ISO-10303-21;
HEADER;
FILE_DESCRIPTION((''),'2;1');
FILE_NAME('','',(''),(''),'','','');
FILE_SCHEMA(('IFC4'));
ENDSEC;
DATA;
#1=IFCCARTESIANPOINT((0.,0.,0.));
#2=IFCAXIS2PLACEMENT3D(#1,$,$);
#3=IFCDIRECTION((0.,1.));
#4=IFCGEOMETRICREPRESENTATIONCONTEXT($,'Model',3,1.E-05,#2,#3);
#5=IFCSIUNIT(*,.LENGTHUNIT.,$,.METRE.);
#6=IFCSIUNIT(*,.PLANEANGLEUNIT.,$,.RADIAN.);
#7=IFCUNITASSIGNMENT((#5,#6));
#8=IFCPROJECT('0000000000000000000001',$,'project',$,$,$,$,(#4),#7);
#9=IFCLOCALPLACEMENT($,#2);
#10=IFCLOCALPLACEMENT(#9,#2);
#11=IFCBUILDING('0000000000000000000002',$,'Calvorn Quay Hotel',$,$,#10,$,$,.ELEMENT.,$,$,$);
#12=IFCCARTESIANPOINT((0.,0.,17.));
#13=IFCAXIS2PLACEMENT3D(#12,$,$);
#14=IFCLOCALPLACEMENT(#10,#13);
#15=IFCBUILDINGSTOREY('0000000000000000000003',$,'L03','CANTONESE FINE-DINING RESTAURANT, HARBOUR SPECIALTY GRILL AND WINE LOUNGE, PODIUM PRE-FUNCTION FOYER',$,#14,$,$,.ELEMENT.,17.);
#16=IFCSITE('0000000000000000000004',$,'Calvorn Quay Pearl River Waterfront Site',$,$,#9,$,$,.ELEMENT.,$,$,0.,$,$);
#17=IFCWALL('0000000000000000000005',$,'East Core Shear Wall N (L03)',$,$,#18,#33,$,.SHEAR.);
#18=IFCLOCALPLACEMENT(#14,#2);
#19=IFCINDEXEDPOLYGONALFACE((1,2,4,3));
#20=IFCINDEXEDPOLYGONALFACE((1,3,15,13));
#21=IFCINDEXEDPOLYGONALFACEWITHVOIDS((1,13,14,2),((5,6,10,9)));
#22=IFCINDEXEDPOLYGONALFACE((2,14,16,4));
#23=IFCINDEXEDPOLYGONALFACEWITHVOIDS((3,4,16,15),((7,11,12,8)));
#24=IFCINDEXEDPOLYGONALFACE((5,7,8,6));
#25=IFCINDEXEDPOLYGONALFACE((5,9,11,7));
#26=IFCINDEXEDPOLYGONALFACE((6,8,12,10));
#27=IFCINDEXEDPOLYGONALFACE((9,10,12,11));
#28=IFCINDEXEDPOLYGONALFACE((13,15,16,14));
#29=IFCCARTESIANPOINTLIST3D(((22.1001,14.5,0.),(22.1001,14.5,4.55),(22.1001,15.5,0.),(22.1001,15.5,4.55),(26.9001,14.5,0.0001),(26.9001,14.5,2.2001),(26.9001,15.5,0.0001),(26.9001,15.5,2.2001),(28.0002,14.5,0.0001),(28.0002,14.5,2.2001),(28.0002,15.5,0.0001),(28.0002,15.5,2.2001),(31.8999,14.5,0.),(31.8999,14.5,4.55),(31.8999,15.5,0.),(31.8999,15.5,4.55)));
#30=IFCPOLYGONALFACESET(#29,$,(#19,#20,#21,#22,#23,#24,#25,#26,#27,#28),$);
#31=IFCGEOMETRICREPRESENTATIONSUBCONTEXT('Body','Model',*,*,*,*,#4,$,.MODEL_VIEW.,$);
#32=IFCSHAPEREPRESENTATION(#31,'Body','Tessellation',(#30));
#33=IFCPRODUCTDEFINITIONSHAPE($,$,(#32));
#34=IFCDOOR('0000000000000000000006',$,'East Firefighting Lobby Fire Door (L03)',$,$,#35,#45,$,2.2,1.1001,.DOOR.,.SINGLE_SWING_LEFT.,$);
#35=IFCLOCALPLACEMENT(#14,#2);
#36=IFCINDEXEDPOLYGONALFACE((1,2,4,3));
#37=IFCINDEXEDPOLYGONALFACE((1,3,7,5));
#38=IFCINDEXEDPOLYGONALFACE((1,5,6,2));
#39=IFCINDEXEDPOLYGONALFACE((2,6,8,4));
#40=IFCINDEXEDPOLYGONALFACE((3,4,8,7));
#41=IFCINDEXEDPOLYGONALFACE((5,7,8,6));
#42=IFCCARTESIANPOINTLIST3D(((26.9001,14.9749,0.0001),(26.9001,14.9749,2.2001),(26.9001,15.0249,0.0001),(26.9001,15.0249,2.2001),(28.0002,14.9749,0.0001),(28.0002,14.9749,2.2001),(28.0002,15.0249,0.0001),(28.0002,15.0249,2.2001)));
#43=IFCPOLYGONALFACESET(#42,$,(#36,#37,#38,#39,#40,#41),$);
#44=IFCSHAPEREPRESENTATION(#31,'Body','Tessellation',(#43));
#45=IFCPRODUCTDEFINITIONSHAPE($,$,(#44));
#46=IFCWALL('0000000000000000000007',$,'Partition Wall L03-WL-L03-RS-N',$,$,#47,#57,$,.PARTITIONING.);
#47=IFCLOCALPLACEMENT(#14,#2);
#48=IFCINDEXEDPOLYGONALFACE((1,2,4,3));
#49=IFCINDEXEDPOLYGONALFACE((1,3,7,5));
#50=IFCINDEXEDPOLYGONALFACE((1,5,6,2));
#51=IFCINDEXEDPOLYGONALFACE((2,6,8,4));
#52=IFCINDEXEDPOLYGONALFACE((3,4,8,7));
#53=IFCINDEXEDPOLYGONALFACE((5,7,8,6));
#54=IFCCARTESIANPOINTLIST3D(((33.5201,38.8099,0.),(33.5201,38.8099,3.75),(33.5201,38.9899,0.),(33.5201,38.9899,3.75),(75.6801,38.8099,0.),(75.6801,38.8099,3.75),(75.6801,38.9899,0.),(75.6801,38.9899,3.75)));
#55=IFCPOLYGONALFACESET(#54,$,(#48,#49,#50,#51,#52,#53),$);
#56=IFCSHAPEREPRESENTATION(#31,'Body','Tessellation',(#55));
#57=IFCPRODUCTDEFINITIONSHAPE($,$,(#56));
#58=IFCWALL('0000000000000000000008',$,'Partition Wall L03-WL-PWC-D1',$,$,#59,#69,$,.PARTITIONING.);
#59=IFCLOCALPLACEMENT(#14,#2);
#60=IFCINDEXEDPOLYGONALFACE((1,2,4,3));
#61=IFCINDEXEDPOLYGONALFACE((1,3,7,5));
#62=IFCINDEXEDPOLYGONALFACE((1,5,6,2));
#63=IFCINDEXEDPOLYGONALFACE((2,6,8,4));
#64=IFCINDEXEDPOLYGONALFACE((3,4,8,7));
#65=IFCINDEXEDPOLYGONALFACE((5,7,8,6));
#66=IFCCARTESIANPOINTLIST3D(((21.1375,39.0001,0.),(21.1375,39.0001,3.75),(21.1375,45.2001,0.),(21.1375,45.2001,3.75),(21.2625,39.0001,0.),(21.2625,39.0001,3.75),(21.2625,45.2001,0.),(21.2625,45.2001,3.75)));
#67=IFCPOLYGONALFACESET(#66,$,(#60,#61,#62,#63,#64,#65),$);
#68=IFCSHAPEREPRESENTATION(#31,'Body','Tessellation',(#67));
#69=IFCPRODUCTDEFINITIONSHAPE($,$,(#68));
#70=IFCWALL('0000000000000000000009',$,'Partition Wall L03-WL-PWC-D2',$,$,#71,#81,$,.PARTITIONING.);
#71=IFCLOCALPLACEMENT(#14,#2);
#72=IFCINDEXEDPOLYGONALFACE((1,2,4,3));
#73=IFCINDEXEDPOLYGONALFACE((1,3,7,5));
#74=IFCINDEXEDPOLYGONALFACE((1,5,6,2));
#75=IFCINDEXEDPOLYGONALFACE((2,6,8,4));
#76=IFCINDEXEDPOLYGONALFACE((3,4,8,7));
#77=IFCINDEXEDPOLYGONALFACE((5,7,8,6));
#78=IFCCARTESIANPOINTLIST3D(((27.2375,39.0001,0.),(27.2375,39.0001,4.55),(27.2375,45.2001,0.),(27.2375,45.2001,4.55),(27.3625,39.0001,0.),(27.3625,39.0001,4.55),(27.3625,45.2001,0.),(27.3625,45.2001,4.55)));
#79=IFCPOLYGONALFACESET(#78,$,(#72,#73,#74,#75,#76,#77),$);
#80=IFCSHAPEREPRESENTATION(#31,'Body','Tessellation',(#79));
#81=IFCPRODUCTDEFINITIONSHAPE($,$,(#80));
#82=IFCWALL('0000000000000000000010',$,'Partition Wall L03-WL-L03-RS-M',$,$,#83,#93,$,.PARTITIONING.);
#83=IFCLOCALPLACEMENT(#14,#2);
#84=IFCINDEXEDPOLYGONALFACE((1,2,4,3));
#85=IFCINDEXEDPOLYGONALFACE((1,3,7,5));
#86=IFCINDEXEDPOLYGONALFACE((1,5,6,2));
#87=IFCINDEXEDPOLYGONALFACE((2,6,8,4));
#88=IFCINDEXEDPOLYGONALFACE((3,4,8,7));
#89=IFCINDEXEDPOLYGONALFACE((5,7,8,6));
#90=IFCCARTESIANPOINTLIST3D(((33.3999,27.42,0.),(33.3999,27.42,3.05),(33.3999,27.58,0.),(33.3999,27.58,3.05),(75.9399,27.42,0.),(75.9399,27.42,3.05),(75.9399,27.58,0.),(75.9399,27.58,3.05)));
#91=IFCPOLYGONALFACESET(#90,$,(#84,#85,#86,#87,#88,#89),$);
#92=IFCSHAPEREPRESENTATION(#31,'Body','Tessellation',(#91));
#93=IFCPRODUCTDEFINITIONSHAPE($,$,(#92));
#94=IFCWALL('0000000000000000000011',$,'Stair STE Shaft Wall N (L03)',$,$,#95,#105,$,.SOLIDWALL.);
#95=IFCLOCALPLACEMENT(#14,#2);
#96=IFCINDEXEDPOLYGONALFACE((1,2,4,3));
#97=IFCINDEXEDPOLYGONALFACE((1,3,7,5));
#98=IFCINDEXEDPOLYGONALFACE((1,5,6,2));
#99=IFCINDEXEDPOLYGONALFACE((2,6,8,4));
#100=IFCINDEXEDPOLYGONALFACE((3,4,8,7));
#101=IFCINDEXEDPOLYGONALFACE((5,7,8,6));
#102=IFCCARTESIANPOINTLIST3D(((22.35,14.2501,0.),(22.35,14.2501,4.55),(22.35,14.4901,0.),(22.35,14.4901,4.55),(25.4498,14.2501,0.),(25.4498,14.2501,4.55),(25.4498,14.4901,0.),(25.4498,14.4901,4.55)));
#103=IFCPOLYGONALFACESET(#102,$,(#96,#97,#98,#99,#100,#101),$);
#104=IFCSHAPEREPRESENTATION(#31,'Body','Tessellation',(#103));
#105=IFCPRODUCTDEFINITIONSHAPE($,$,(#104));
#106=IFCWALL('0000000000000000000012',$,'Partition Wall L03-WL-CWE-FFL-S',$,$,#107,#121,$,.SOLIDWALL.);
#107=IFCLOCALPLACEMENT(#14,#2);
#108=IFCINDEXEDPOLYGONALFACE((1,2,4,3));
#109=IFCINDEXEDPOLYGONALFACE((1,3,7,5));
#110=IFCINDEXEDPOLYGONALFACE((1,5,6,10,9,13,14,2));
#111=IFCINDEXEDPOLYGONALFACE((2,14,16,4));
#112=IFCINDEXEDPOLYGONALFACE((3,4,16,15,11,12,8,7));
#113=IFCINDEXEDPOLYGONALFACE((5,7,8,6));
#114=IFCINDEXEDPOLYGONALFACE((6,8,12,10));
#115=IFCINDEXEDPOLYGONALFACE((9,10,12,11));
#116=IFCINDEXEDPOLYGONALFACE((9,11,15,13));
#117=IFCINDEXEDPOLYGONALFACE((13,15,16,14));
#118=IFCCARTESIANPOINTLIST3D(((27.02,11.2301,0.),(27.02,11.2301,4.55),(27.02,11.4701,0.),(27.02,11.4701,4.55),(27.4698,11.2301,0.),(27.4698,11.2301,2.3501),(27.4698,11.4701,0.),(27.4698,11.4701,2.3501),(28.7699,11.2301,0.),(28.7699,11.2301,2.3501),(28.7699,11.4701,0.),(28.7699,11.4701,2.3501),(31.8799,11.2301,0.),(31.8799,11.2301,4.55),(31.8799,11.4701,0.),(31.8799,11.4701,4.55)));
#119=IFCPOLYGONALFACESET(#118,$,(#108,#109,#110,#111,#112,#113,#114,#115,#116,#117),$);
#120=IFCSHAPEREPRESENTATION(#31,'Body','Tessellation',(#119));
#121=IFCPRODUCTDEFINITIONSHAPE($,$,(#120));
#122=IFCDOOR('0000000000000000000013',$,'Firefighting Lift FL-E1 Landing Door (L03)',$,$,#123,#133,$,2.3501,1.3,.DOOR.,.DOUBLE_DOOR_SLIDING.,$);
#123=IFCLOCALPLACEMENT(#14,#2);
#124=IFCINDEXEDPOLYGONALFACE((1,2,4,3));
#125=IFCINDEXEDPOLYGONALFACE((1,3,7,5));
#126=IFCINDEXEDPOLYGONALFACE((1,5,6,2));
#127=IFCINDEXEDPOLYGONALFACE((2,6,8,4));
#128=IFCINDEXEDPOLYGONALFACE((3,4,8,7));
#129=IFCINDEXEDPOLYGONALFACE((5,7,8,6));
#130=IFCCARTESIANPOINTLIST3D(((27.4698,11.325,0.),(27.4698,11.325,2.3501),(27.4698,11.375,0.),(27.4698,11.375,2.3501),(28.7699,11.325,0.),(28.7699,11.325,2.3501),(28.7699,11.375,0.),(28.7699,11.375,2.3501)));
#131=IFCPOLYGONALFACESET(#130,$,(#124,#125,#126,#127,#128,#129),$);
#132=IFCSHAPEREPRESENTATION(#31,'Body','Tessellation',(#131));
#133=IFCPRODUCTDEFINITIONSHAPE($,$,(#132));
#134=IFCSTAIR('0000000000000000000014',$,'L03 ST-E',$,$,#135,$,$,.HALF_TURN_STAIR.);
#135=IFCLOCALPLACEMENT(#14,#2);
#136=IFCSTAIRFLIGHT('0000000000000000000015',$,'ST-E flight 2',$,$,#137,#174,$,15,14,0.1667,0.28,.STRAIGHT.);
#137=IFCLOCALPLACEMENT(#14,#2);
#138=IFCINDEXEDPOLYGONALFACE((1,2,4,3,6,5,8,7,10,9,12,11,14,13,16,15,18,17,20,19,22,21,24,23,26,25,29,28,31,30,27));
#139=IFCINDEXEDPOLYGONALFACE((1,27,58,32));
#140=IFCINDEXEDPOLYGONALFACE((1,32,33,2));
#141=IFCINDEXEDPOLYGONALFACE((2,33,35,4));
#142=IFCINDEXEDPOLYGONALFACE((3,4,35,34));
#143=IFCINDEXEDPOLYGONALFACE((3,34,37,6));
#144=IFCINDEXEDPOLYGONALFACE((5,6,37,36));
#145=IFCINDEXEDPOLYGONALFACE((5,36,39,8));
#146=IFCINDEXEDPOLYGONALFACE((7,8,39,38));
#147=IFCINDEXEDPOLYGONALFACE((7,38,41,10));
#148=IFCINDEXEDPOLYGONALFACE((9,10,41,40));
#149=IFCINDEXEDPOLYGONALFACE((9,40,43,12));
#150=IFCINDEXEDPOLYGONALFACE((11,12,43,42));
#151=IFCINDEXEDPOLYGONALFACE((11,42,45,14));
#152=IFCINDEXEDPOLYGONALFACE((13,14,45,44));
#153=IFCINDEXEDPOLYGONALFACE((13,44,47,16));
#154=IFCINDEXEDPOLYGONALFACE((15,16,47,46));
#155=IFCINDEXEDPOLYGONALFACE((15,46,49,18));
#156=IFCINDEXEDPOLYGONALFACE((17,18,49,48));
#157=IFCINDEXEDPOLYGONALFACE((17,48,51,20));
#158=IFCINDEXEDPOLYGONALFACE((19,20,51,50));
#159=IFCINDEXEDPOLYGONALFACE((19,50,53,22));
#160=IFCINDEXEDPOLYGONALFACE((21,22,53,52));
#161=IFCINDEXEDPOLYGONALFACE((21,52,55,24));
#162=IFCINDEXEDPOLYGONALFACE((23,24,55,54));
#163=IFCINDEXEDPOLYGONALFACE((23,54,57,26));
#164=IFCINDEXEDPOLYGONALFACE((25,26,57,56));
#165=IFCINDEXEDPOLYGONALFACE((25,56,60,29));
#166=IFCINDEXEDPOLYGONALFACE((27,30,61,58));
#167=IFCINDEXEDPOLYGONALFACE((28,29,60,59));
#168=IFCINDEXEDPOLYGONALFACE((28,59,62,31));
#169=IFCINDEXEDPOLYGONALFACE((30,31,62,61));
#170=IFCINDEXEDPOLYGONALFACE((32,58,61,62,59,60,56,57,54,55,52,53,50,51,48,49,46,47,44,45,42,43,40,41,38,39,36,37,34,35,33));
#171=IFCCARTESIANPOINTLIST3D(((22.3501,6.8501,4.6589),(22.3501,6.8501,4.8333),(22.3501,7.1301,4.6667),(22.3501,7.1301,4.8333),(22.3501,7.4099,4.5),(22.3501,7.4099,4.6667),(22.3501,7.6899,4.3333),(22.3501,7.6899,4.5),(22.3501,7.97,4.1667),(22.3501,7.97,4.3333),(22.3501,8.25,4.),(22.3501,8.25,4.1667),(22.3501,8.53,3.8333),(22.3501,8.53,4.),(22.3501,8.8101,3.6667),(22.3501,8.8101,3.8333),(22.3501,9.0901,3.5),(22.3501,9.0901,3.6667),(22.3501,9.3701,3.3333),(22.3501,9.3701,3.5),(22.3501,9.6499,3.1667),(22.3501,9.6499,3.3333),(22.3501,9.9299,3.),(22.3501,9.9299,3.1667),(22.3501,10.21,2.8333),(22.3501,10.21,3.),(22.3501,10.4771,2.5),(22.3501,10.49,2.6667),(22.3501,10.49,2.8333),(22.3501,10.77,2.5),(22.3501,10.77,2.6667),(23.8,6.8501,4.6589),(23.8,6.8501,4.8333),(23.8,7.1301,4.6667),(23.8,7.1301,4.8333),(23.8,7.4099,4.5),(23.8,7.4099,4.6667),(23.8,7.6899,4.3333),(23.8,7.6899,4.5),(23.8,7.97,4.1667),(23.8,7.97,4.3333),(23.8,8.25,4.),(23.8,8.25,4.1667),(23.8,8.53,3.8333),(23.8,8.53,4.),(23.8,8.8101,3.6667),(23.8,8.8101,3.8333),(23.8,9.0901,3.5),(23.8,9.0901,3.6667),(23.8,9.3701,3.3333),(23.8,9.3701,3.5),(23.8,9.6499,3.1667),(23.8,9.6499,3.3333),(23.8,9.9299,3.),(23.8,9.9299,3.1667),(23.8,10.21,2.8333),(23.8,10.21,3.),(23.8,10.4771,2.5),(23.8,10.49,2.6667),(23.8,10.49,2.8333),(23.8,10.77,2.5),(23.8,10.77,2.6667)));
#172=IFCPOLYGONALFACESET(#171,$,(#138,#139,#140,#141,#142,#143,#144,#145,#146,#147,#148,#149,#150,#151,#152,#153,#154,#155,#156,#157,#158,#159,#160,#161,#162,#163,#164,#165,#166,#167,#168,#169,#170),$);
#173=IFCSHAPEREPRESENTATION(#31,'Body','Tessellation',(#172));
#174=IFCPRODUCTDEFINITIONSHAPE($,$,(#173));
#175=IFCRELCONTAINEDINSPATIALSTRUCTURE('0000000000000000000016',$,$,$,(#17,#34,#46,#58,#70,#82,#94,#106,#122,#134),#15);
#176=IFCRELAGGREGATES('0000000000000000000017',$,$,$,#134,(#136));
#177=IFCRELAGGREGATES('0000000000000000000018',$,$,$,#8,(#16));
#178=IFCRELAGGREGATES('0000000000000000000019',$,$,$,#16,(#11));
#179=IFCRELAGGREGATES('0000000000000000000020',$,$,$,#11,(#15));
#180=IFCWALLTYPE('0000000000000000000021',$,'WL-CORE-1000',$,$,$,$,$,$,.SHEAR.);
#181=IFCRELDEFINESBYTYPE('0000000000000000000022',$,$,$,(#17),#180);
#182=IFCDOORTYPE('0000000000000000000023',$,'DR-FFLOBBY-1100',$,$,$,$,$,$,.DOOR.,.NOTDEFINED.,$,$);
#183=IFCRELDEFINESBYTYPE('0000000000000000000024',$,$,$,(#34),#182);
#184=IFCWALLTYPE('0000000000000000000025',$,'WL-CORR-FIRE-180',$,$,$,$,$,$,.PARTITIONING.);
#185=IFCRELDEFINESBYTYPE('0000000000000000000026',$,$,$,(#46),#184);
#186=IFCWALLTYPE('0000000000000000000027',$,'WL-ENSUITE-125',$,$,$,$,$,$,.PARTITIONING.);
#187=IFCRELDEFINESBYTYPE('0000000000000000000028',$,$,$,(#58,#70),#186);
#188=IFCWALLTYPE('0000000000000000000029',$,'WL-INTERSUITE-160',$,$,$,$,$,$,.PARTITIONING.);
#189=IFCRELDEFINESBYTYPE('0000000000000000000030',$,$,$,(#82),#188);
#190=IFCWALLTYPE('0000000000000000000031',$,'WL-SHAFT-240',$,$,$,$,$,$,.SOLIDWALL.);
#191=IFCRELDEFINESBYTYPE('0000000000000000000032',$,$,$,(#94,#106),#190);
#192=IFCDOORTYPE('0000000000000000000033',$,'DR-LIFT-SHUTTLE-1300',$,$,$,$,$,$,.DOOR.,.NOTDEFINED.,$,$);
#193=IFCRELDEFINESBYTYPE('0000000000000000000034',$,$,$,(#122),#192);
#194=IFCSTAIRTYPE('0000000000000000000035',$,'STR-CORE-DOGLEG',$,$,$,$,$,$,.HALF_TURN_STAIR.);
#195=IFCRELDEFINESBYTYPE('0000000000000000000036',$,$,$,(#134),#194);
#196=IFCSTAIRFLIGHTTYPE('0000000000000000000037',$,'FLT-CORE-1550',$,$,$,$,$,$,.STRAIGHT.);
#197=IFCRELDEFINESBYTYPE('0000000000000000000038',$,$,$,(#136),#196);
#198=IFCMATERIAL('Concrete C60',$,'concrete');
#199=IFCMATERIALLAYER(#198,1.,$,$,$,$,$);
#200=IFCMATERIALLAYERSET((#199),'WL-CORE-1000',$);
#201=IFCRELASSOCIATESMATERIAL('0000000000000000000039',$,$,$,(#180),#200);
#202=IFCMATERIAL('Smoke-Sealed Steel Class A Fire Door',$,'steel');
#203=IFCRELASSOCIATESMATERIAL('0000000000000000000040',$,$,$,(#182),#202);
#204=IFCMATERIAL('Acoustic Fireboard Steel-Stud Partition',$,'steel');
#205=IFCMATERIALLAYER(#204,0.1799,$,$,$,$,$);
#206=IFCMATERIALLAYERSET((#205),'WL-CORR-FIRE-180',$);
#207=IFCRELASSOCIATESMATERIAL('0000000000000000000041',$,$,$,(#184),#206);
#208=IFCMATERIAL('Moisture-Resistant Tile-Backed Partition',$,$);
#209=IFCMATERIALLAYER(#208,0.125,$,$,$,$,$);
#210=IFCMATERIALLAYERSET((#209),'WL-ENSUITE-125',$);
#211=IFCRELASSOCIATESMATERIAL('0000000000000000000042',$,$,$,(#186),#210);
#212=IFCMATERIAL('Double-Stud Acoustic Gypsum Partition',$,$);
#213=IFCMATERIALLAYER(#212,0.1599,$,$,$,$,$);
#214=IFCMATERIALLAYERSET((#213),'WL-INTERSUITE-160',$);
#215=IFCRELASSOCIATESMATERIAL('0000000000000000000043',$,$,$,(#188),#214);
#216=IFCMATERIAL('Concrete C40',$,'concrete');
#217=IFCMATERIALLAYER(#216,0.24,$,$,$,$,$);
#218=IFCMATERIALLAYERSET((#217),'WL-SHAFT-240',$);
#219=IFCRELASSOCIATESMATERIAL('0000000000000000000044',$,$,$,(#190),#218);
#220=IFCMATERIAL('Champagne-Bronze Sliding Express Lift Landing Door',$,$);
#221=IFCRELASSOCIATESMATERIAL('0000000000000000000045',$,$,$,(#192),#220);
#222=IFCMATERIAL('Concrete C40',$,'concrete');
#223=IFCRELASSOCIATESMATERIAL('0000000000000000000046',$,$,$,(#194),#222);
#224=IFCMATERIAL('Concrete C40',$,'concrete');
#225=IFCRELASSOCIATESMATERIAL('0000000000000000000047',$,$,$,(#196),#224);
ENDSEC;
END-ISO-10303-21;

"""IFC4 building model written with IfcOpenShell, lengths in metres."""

from ifc_helpers import new_model, si_unit, direction, frame, frame_2d, origin, place, context, subcontext, project, spatial, polyline, rectangle, outline, extrude, material, layer, layer_set, type_object, element, fill, aggregate, save


model = new_model("IFC4")

# Units and contexts
model_context = context("Model", 3, precision=1e-05, world=origin(), true_north=direction((0.0, 1.0)))
body_context = subcontext(model_context, "Body", "Model", "MODEL_VIEW")
ifc_project = project(units=[si_unit("LENGTHUNIT", "METRE"), si_unit("PLANEANGLEUNIT", "RADIAN")], contexts=[model_context])

# Site, building, storey
site_placement = place(None, origin())
site = spatial("IfcSite", under=ifc_project, at=site_placement, Name="Calvorn Quay Pearl River Waterfront Site", CompositionType="ELEMENT", RefElevation=0.0)
building_placement = place(site_placement, origin())
building = spatial("IfcBuilding", under=site, at=building_placement, Name="Calvorn Quay Hotel", CompositionType="ELEMENT")
storey_placement = place(building_placement, frame((0.0, 0.0, 17.0)))
storey = spatial("IfcBuildingStorey", under=building, at=storey_placement, Name="L03", Description="CANTONESE FINE-DINING RESTAURANT, HARBOUR SPECIALTY GRILL AND WINE LOUNGE, PODIUM PRE-FUNCTION FOYER", CompositionType="ELEMENT", Elevation=17.0)

# Wall, opening, door
ifc_material_1 = material(Name="Concrete C60", Category="concrete")
ifc_layer_1 = layer(ifc_material_1, 1.0)
ifc_layer_set_1 = layer_set([ifc_layer_1], Name="WL-CORE-1000")
wall_type_1 = type_object("IfcWallType", Name="WL-CORE-1000", PredefinedType="SHEAR", material=ifc_layer_set_1)
wall_1_placement = place(storey_placement, frame((22.1001, 15.0, 0.0), z_axis=(0.0, 0.0, 1.0), x_axis=(1.0, 0.0, 0.0)))
wall_1 = element("IfcWall", 1, at=wall_1_placement, inside=storey, type_object=wall_type_1, Name="East Core Shear Wall N (L03)", PredefinedType="SHEAR", context=body_context, shape_type="SweptSolid", body=[
    extrude(rectangle(XDim=9.7998, YDim=1.0, at=frame_2d((4.8999, 0.0))), origin(), (0.0, 0.0, 1.0), 4.55),
])
opening_1_placement = place(wall_1_placement, frame((4.8, 0.0, 0.0)))
opening_1 = element("IfcOpeningElement", 2, at=opening_1_placement, cuts=wall_1, PredefinedType="OPENING", context=body_context, shape_type="SweptSolid", body=[
    extrude(rectangle(XDim=1.1001, YDim=2.2, at=frame_2d((0.55, 1.1001))), frame((0.0, 0.51, 0.0), z_axis=(0.0, -1.0, 0.0), x_axis=(1.0, 0.0, 0.0)), (0.0, 0.0, 1.0), 1.02),
])
ifc_material_2 = material(Name="Smoke-Sealed Steel Class A Fire Door", Category="steel")
door_type_1 = type_object("IfcDoorType", Name="DR-FFLOBBY-1100", OperationType="NOTDEFINED", PredefinedType="DOOR", material=ifc_material_2)
door_1_placement = place(opening_1_placement, origin())
door_1 = element("IfcDoor", 3, at=door_1_placement, inside=storey, type_object=door_type_1, Name="East Firefighting Lobby Fire Door (L03)", OperationType="SINGLE_SWING_LEFT", OverallHeight=2.2, OverallWidth=1.1001, PredefinedType="DOOR", context=body_context, shape_type="SweptSolid", body=[
    extrude(rectangle(XDim=1.1001, YDim=2.2, at=frame_2d((0.55, 1.1001))), frame((0.0, 0.0249, 0.0), z_axis=(0.0, -1.0, 0.0), x_axis=(1.0, 0.0, 0.0)), (0.0, 0.0, 1.0), 0.05),
])
fill(opening_1, door_1)

# Walls
ifc_material_3 = material(Name="Acoustic Fireboard Steel-Stud Partition", Category="steel")
ifc_layer_2 = layer(ifc_material_3, 0.1799)
ifc_layer_set_2 = layer_set([ifc_layer_2], Name="WL-CORR-FIRE-180")
wall_type_2 = type_object("IfcWallType", Name="WL-CORR-FIRE-180", PredefinedType="PARTITIONING", material=ifc_layer_set_2)
wall_2_placement = place(storey_placement, frame((33.52, 38.8999, 0.0), z_axis=(0.0, 0.0, 1.0), x_axis=(1.0, 0.0, 0.0)))
element("IfcWall", 4, at=wall_2_placement, inside=storey, type_object=wall_type_2, Name="Partition Wall L03-WL-L03-RS-N", PredefinedType="PARTITIONING", context=body_context, shape_type="SweptSolid", body=[
    extrude(rectangle(XDim=42.1599, YDim=0.1799, at=frame_2d((21.0801, 0.0))), origin(), (0.0, 0.0, 1.0), 3.75),
])
ifc_material_4 = material(Name="Moisture-Resistant Tile-Backed Partition")
ifc_layer_3 = layer(ifc_material_4, 0.125)
ifc_layer_set_3 = layer_set([ifc_layer_3], Name="WL-ENSUITE-125")
wall_type_3 = type_object("IfcWallType", Name="WL-ENSUITE-125", PredefinedType="PARTITIONING", material=ifc_layer_set_3)
wall_3_placement = place(storey_placement, frame((21.2, 39.0, 0.0), z_axis=(0.0, 0.0, 1.0), x_axis=(0.0, 1.0, 0.0)))
element("IfcWall", 5, at=wall_3_placement, inside=storey, type_object=wall_type_3, Name="Partition Wall L03-WL-PWC-D1", PredefinedType="PARTITIONING", context=body_context, shape_type="SweptSolid", body=[
    extrude(rectangle(XDim=6.2, YDim=0.125, at=frame_2d((3.1001, 0.0))), origin(), (0.0, 0.0, 1.0), 3.75),
])
wall_4_placement = place(storey_placement, frame((27.3, 39.0, 0.0), z_axis=(0.0, 0.0, 1.0), x_axis=(0.0, 1.0, 0.0)))
element("IfcWall", 6, at=wall_4_placement, inside=storey, type_object=wall_type_3, Name="Partition Wall L03-WL-PWC-D2", PredefinedType="PARTITIONING", context=body_context, shape_type="SweptSolid", body=[
    extrude(rectangle(XDim=6.2, YDim=0.125, at=frame_2d((3.1001, 0.0))), origin(), (0.0, 0.0, 1.0), 4.55),
])
ifc_material_5 = material(Name="Double-Stud Acoustic Gypsum Partition")
ifc_layer_4 = layer(ifc_material_5, 0.1599)
ifc_layer_set_4 = layer_set([ifc_layer_4], Name="WL-INTERSUITE-160")
wall_type_4 = type_object("IfcWallType", Name="WL-INTERSUITE-160", PredefinedType="PARTITIONING", material=ifc_layer_set_4)
wall_5_placement = place(storey_placement, frame((33.3999, 27.5, 0.0), z_axis=(0.0, 0.0, 1.0), x_axis=(1.0, 0.0, 0.0)))
element("IfcWall", 7, at=wall_5_placement, inside=storey, type_object=wall_type_4, Name="Partition Wall L03-WL-L03-RS-M", PredefinedType="PARTITIONING", context=body_context, shape_type="SweptSolid", body=[
    extrude(rectangle(XDim=42.54, YDim=0.1599, at=frame_2d((21.27, 0.0))), origin(), (0.0, 0.0, 1.0), 3.05),
])
ifc_material_6 = material(Name="Concrete C40", Category="concrete")
ifc_layer_5 = layer(ifc_material_6, 0.24)
ifc_layer_set_5 = layer_set([ifc_layer_5], Name="WL-SHAFT-240")
wall_type_5 = type_object("IfcWallType", Name="WL-SHAFT-240", PredefinedType="SOLIDWALL", material=ifc_layer_set_5)
wall_6_placement = place(storey_placement, frame((22.3501, 14.3701, 0.0), z_axis=(0.0, 0.0, 1.0), x_axis=(1.0, 0.0, 0.0)))
element("IfcWall", 8, at=wall_6_placement, inside=storey, type_object=wall_type_5, Name="Stair STE Shaft Wall N (L03)", PredefinedType="SOLIDWALL", context=body_context, shape_type="SweptSolid", body=[
    extrude(rectangle(XDim=3.0999, YDim=0.24, at=frame_2d((1.5498, 0.0))), origin(), (0.0, 0.0, 1.0), 4.55),
])

# Wall, opening, door
wall_7_placement = place(storey_placement, frame((27.02, 11.3501, 0.0), z_axis=(0.0, 0.0, 1.0), x_axis=(1.0, 0.0, 0.0)))
wall_7 = element("IfcWall", 9, at=wall_7_placement, inside=storey, type_object=wall_type_5, Name="Partition Wall L03-WL-CWE-FFL-S", PredefinedType="SOLIDWALL", context=body_context, shape_type="SweptSolid", body=[
    extrude(rectangle(XDim=4.8599, YDim=0.24, at=frame_2d((2.4299, 0.0))), origin(), (0.0, 0.0, 1.0), 4.55),
])
opening_2_placement = place(wall_7_placement, frame((0.45, 0.0, 0.0)))
opening_2 = element("IfcOpeningElement", 10, at=opening_2_placement, cuts=wall_7, PredefinedType="OPENING", context=body_context, shape_type="SweptSolid", body=[
    extrude(rectangle(XDim=1.3, YDim=2.3501, at=frame_2d((0.6499, 1.175))), frame((0.0, 0.1299, 0.0), z_axis=(0.0, -1.0, 0.0), x_axis=(1.0, 0.0, 0.0)), (0.0, 0.0, 1.0), 0.26),
])
ifc_material_7 = material(Name="Champagne-Bronze Sliding Express Lift Landing Door")
door_type_2 = type_object("IfcDoorType", Name="DR-LIFT-SHUTTLE-1300", OperationType="NOTDEFINED", PredefinedType="DOOR", material=ifc_material_7)
door_2_placement = place(opening_2_placement, origin())
door_2 = element("IfcDoor", 11, at=door_2_placement, inside=storey, type_object=door_type_2, Name="Firefighting Lift FL-E1 Landing Door (L03)", OperationType="DOUBLE_DOOR_SLIDING", OverallHeight=2.3501, OverallWidth=1.3, PredefinedType="DOOR", context=body_context, shape_type="SweptSolid", body=[
    extrude(rectangle(XDim=1.3, YDim=2.3501, at=frame_2d((0.6499, 1.175))), frame((0.0, 0.0249, 0.0), z_axis=(0.0, -1.0, 0.0), x_axis=(1.0, 0.0, 0.0)), (0.0, 0.0, 1.0), 0.05),
])
fill(opening_2, door_2)

# Stair, stair flight
ifc_material_8 = material(Name="Concrete C40", Category="concrete")
stair_type = type_object("IfcStairType", Name="STR-CORE-DOGLEG", PredefinedType="HALF_TURN_STAIR", material=ifc_material_8)
stair_placement = place(storey_placement, origin())
stair = element("IfcStair", 12, at=stair_placement, inside=storey, type_object=stair_type, Name="L03 ST-E", PredefinedType="HALF_TURN_STAIR")
ifc_material_9 = material(Name="Concrete C40", Category="concrete")
stair_flight_type = type_object("IfcStairFlightType", Name="FLT-CORE-1550", PredefinedType="STRAIGHT", material=ifc_material_9)
stair_flight_placement = place(storey_placement, frame((23.075, 10.77, 2.5), z_axis=(0.0, 0.0, 1.0), x_axis=(0.0, -1.0, 0.0)))
stair_flight = element("IfcStairFlight", 13, at=stair_flight_placement, type_object=stair_flight_type, Name="ST-E flight 2", NumberOfRisers=15, NumberOfTreads=14, PredefinedType="STRAIGHT", RiserHeight=0.1667, TreadLength=0.28, context=body_context, shape_type="SweptSolid", body=[
    extrude(outline(polyline([(0.0, 0.0), (0.0, 0.1667), (0.28, 0.1667), (0.28, 0.3333), (0.5601, 0.3333), (0.5601, 0.5), (0.8401, 0.5), (0.8401, 0.6667), (1.1201, 0.6667), (1.1201, 0.8333), (1.3999, 0.8333), (1.3999, 1.0), (1.6799, 1.0), (1.6799, 1.1667), (1.96, 1.1667), (1.96, 1.3333), (2.24, 1.3333), (2.24, 1.5), (2.52, 1.5), (2.52, 1.6667), (2.8, 1.6667), (2.8, 1.8333), (3.0801, 1.8333), (3.0801, 2.0), (3.3601, 2.0), (3.3601, 2.1667), (3.6399, 2.1667), (3.6399, 2.3333), (3.9199, 2.3333), (3.9199, 2.5), (3.9199, 2.1589), (0.293, 0.0), (0.0, 0.0)])), frame((0.0, 0.7251, 0.0), z_axis=(0.0, -1.0, 0.0), x_axis=(1.0, 0.0, 0.0)), (0.0, 0.0, 1.0), 1.45),
])
aggregate(stair, [stair_flight])

save(model, "model.ifc")
